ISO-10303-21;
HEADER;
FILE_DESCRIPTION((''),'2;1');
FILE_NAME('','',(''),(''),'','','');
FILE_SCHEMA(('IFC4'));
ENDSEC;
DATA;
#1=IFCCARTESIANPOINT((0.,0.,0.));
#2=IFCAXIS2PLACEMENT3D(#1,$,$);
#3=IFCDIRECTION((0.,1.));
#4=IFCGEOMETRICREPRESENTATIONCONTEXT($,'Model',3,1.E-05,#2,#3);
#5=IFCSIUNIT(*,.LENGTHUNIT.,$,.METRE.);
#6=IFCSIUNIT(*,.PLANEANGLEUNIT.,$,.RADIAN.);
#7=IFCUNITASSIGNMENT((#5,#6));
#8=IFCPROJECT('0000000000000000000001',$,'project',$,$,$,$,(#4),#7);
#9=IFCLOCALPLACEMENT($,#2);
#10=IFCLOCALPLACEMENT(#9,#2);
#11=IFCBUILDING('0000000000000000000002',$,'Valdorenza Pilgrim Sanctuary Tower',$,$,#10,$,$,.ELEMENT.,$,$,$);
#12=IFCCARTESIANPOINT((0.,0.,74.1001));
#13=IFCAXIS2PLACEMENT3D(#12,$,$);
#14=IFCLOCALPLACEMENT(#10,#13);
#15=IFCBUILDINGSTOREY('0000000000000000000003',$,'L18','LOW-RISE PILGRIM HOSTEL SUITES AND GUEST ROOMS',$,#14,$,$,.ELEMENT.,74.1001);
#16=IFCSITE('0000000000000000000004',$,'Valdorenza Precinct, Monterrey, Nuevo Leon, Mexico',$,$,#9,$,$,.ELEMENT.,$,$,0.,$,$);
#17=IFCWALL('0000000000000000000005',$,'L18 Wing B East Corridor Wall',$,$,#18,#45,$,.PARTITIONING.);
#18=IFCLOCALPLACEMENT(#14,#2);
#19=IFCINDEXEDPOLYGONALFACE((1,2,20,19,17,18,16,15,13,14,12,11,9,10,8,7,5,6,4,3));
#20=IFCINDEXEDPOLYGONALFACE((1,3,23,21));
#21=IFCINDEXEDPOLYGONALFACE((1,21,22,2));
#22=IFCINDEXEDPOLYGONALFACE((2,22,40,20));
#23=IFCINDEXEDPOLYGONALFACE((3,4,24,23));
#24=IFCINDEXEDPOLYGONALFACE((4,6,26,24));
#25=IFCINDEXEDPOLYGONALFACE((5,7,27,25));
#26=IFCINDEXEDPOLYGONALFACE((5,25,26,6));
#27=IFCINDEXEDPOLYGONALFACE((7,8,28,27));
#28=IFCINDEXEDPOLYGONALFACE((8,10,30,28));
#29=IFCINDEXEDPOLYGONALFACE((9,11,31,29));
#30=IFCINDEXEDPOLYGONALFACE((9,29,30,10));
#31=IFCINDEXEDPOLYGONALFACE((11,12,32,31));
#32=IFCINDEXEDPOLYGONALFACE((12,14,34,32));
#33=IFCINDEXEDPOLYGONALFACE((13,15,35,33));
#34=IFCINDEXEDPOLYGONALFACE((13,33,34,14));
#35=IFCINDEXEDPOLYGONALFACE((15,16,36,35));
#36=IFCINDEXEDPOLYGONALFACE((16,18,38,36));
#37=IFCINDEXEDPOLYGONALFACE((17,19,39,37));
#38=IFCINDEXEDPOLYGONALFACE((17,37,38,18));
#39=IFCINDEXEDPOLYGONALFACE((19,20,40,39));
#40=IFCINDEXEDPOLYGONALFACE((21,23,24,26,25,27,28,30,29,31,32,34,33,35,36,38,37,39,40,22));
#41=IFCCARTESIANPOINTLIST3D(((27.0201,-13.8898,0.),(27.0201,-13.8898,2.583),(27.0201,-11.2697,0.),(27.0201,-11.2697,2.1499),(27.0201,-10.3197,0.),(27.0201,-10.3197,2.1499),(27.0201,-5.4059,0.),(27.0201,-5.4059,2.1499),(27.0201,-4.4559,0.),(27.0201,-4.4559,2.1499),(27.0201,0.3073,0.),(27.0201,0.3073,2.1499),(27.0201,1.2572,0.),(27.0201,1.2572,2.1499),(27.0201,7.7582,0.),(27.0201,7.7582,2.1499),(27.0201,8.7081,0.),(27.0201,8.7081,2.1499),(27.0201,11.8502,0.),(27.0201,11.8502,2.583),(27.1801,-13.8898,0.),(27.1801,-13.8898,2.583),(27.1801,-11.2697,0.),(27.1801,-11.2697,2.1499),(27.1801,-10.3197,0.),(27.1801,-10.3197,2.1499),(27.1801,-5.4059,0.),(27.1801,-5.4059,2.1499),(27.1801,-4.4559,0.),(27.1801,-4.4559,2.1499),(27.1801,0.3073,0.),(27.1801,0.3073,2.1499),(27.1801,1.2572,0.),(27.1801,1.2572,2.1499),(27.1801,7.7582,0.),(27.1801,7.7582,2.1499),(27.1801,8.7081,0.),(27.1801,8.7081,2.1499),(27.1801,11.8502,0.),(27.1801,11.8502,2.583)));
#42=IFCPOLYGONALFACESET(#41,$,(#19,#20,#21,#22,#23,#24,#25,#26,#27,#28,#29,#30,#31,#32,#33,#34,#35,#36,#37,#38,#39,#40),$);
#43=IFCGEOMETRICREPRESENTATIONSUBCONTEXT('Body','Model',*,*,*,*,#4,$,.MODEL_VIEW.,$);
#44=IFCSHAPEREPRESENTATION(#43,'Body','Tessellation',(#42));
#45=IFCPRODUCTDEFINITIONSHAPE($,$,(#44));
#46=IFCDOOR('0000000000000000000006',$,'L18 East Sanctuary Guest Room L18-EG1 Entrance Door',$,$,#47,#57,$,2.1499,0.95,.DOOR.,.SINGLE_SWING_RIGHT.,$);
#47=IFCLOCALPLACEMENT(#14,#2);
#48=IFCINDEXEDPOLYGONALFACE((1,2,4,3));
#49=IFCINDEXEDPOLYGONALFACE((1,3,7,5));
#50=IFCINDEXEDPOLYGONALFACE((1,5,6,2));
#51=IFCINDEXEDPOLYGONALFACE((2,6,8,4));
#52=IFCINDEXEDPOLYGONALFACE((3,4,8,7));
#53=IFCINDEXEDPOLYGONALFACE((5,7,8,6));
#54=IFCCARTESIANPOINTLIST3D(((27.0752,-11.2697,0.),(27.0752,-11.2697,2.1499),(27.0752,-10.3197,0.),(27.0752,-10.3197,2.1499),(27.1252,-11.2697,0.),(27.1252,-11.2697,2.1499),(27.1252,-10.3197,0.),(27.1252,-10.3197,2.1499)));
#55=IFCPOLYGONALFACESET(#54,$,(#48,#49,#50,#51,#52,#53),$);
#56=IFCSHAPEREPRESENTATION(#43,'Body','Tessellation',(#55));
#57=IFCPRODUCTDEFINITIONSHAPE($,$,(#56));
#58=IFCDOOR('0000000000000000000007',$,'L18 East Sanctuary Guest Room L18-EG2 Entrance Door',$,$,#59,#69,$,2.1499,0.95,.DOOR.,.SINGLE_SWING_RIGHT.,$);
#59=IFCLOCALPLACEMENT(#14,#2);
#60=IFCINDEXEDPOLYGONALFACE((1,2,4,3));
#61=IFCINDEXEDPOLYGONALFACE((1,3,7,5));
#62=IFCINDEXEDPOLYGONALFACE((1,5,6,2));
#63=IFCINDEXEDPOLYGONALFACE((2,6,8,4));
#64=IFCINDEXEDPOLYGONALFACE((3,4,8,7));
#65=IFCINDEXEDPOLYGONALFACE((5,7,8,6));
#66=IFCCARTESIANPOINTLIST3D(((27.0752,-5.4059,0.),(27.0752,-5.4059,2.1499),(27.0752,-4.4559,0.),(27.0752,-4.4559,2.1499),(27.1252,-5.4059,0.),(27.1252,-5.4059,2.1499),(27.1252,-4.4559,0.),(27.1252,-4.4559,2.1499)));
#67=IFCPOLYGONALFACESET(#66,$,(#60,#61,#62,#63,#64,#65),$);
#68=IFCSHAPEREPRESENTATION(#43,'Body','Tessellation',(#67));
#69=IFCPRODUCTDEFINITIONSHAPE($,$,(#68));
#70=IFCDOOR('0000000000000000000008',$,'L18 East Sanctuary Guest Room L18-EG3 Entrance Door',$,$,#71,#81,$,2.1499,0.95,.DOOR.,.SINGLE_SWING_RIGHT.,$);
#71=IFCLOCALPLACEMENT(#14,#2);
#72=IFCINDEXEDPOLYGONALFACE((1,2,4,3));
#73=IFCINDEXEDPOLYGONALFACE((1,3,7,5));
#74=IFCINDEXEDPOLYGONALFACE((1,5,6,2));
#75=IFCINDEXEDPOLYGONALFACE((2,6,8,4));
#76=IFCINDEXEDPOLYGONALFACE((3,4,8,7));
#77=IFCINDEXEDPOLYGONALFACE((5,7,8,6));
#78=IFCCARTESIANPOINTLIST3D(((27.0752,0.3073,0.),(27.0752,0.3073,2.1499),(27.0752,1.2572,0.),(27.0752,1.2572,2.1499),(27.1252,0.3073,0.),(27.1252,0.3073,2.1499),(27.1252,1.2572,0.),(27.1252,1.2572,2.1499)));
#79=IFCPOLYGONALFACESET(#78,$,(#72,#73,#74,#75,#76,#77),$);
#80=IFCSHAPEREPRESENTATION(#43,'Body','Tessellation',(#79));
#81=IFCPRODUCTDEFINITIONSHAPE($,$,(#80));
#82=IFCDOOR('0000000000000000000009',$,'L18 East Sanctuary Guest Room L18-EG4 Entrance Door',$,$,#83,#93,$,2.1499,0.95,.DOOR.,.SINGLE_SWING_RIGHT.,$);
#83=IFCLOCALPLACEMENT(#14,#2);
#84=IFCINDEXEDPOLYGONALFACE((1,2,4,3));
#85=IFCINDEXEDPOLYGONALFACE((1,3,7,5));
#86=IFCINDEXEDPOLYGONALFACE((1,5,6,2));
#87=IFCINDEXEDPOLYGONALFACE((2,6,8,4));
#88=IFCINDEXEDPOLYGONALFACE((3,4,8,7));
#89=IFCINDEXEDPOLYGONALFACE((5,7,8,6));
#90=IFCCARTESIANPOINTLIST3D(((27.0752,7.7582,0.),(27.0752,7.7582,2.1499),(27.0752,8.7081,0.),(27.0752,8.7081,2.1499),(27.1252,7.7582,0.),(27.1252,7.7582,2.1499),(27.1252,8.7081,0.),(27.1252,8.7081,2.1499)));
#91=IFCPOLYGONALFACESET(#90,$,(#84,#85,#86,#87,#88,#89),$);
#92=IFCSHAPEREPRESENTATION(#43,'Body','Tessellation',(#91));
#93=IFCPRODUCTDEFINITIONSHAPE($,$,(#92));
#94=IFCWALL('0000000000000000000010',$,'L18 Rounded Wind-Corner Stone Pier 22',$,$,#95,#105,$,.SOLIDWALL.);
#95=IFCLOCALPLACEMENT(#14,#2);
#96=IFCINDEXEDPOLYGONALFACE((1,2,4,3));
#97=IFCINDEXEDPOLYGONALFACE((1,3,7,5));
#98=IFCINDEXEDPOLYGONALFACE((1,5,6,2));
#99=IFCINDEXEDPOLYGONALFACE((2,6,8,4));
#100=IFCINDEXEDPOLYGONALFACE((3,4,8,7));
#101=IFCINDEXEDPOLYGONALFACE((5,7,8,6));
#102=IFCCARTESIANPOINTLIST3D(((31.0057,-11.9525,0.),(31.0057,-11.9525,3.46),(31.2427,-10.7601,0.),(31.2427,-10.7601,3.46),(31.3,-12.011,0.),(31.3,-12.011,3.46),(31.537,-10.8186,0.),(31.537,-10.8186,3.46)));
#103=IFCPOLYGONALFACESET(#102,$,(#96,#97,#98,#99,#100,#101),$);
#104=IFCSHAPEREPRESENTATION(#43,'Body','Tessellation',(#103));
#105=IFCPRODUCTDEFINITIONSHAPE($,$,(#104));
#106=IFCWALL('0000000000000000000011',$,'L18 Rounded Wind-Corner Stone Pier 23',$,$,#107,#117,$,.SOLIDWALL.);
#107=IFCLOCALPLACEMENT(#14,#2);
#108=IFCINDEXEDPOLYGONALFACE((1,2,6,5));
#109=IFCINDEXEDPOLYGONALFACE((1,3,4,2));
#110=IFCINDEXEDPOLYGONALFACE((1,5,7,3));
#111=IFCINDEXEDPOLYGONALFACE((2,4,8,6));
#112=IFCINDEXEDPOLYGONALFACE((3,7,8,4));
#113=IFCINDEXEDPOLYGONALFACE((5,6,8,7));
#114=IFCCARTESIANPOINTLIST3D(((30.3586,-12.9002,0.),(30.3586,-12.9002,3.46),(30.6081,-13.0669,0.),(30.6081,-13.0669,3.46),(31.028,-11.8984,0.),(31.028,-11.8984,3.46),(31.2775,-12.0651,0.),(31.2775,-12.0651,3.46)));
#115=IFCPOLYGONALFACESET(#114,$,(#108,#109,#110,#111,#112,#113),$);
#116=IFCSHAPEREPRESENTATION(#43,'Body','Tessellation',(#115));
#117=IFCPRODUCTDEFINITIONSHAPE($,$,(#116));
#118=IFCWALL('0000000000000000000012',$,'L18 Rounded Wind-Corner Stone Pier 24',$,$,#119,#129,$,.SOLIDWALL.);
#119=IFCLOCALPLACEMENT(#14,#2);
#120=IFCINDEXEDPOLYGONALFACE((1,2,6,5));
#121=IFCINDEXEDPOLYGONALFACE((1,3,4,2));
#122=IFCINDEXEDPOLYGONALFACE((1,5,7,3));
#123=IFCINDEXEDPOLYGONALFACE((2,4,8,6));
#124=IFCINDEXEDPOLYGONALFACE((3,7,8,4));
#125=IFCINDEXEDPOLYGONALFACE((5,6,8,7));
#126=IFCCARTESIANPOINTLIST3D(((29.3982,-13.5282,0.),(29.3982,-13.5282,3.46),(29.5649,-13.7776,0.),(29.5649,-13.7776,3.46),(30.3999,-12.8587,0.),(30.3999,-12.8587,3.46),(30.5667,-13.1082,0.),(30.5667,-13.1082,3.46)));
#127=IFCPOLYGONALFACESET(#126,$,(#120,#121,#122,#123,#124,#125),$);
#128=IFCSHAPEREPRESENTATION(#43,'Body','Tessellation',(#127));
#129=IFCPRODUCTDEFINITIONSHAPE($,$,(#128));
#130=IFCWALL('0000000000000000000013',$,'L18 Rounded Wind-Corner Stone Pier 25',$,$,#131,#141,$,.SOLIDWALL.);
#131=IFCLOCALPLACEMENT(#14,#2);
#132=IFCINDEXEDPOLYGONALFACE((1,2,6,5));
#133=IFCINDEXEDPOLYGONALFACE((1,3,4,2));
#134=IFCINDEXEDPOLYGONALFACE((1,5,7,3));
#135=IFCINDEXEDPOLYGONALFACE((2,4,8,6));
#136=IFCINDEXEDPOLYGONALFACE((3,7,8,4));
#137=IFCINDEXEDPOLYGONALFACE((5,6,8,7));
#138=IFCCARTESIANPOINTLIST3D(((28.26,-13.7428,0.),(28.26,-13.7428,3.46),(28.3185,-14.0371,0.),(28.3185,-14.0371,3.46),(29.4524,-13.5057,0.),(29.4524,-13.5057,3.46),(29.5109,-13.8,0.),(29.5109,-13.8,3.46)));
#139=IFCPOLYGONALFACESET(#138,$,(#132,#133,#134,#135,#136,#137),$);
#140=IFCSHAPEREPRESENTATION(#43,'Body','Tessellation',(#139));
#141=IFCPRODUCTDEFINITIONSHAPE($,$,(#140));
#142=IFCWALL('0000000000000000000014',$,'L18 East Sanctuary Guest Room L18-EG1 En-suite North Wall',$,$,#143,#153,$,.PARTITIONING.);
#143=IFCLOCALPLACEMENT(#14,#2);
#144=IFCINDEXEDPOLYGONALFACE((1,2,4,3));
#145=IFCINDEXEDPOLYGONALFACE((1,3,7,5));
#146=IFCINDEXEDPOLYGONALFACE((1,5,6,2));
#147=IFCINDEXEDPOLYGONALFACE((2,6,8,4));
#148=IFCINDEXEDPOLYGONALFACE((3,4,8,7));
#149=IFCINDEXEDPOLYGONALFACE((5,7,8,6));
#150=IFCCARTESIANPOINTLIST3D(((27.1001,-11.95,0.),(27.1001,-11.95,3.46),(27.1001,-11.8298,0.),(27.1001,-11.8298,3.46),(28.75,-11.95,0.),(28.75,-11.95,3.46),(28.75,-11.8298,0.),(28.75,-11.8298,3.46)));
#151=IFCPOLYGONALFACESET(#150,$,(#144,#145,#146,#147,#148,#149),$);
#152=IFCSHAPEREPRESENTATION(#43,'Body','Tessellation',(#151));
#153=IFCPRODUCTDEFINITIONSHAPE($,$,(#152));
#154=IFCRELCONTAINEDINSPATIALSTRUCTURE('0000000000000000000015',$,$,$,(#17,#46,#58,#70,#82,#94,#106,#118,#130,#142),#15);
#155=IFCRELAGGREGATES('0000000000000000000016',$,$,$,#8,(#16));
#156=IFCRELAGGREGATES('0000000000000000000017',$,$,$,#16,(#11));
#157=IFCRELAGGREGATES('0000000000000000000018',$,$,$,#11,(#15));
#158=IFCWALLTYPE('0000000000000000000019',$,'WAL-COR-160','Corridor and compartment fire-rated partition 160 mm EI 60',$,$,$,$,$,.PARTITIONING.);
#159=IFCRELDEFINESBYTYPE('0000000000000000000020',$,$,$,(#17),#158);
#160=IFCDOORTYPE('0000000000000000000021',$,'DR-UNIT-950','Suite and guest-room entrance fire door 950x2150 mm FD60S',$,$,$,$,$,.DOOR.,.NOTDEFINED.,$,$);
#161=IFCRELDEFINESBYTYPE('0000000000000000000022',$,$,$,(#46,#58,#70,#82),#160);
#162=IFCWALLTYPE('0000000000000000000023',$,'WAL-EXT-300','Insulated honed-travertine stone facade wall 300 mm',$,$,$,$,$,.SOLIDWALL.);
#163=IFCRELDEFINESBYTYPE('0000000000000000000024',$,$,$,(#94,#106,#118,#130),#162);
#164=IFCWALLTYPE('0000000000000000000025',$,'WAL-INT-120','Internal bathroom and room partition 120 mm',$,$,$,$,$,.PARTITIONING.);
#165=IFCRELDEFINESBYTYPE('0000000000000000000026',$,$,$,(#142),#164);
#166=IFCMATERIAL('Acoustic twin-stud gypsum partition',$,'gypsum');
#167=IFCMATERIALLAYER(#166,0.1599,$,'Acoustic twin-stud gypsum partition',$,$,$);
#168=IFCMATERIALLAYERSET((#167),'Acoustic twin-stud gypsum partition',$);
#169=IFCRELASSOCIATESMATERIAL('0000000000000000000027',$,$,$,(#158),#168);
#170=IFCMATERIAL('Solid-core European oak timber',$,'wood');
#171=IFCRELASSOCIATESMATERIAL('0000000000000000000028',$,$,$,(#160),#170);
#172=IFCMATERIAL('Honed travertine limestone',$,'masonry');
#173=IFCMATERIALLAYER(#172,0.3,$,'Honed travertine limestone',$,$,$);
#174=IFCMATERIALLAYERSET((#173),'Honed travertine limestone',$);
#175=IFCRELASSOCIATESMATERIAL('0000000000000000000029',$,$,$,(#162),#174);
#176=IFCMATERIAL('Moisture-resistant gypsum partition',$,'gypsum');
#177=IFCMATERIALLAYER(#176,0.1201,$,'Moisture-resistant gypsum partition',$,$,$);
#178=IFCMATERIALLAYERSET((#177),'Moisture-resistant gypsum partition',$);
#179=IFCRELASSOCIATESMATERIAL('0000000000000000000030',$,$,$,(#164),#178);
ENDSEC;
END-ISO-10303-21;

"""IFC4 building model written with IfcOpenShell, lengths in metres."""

from ifc_helpers import new_model, si_unit, direction, frame, frame_2d, origin, place, context, subcontext, project, spatial, rectangle, extrude, material, layer, layer_set, type_object, element, fill, save


model = new_model("IFC4")

# Units and contexts
model_context = context("Model", 3, precision=1e-05, world=origin(), true_north=direction((0.0, 1.0)))
body_context = subcontext(model_context, "Body", "Model", "MODEL_VIEW")
ifc_project = project(units=[si_unit("LENGTHUNIT", "METRE"), si_unit("PLANEANGLEUNIT", "RADIAN")], contexts=[model_context])

# Site, building, storey
site_placement = place(None, origin())
site = spatial("IfcSite", under=ifc_project, at=site_placement, Name="Valdorenza Precinct, Monterrey, Nuevo Leon, Mexico", CompositionType="ELEMENT", RefElevation=0.0)
building_placement = place(site_placement, origin())
building = spatial("IfcBuilding", under=site, at=building_placement, Name="Valdorenza Pilgrim Sanctuary Tower", CompositionType="ELEMENT")
storey_placement = place(building_placement, frame((0.0, 0.0, 74.1001)))
storey = spatial("IfcBuildingStorey", under=building, at=storey_placement, Name="L18", Description="LOW-RISE PILGRIM HOSTEL SUITES AND GUEST ROOMS", CompositionType="ELEMENT", Elevation=74.1001)

# Shared definitions
ifc_material_1 = material(Name="Acoustic twin-stud gypsum partition", Category="gypsum")
ifc_layer_1 = layer(ifc_material_1, 0.1599, Name="Acoustic twin-stud gypsum partition")
ifc_layer_set_1 = layer_set([ifc_layer_1], Name="Acoustic twin-stud gypsum partition")
wall_type_1 = type_object("IfcWallType", Name="WAL-COR-160", Description="Corridor and compartment fire-rated partition 160 mm EI 60", PredefinedType="PARTITIONING", material=ifc_layer_set_1)
ifc_material_2 = material(Name="Solid-core European oak timber", Category="wood")

# Wall, openings, doors
wall_1_placement = place(storey_placement, frame((27.1001, -13.8899, 0.0), z_axis=(0.0, 0.0, 1.0), x_axis=(0.0, 1.0, 0.0)))
wall_1 = element("IfcWall", 1, at=wall_1_placement, inside=storey, type_object=wall_type_1, Name="L18 Wing B East Corridor Wall", PredefinedType="PARTITIONING", context=body_context, shape_type="SweptSolid", body=[
    extrude(rectangle(XDim=25.74, YDim=0.1599, at=frame_2d((12.8701, 0.0))), origin(), (0.0, 0.0, 1.0), 2.583),
])
opening_1_placement = place(wall_1_placement, frame((2.6201, 0.0, 0.0)))
opening_1 = element("IfcOpeningElement", 2, at=opening_1_placement, cuts=wall_1, PredefinedType="OPENING", context=body_context, shape_type="SweptSolid", body=[
    extrude(rectangle(XDim=0.95, YDim=2.1499, at=frame_2d((0.4751, 1.075))), frame((0.0, 0.0947, 0.0), z_axis=(0.0, -1.0, 0.0), x_axis=(1.0, 0.0, 0.0)), (0.0, 0.0, 1.0), 0.1897),
])
opening_2_placement = place(wall_1_placement, frame((8.4839, 0.0, 0.0)))
opening_2 = element("IfcOpeningElement", 3, at=opening_2_placement, cuts=wall_1, PredefinedType="OPENING", context=body_context, shape_type="SweptSolid", body=[
    extrude(rectangle(XDim=0.95, YDim=2.1499, at=frame_2d((0.4751, 1.075))), frame((0.0, 0.0947, 0.0), z_axis=(0.0, -1.0, 0.0), x_axis=(1.0, 0.0, 0.0)), (0.0, 0.0, 1.0), 0.1897),
])
opening_3_placement = place(wall_1_placement, frame((14.197, 0.0, 0.0)))
opening_3 = element("IfcOpeningElement", 4, at=opening_3_placement, cuts=wall_1, PredefinedType="OPENING", context=body_context, shape_type="SweptSolid", body=[
    extrude(rectangle(XDim=0.95, YDim=2.1499, at=frame_2d((0.4751, 1.075))), frame((0.0, 0.0947, 0.0), z_axis=(0.0, -1.0, 0.0), x_axis=(1.0, 0.0, 0.0)), (0.0, 0.0, 1.0), 0.1897),
])
opening_4_placement = place(wall_1_placement, frame((21.6479, 0.0, 0.0)))
opening_4 = element("IfcOpeningElement", 5, at=opening_4_placement, cuts=wall_1, PredefinedType="OPENING", context=body_context, shape_type="SweptSolid", body=[
    extrude(rectangle(XDim=0.95, YDim=2.1499, at=frame_2d((0.4751, 1.075))), frame((0.0, 0.0947, 0.0), z_axis=(0.0, -1.0, 0.0), x_axis=(1.0, 0.0, 0.0)), (0.0, 0.0, 1.0), 0.1897),
])
door_type_1 = type_object("IfcDoorType", Name="DR-UNIT-950", Description="Suite and guest-room entrance fire door 950x2150 mm FD60S", OperationType="NOTDEFINED", PredefinedType="DOOR", material=ifc_material_2)
door_1_placement = place(opening_1_placement, origin())
door_1 = element("IfcDoor", 6, at=door_1_placement, inside=storey, type_object=door_type_1, Name="L18 East Sanctuary Guest Room L18-EG1 Entrance Door", OperationType="SINGLE_SWING_RIGHT", OverallHeight=2.1499, OverallWidth=0.95, PredefinedType="DOOR", context=body_context, shape_type="SweptSolid", body=[
    extrude(rectangle(XDim=0.95, YDim=2.1499, at=frame_2d((0.4751, 1.075))), frame((0.0, 0.0249, 0.0), z_axis=(0.0, -1.0, 0.0), x_axis=(1.0, 0.0, 0.0)), (0.0, 0.0, 1.0), 0.05),
])
fill(opening_1, door_1)
door_2_placement = place(opening_2_placement, origin())
door_2 = element("IfcDoor", 7, at=door_2_placement, inside=storey, type_object=door_type_1, Name="L18 East Sanctuary Guest Room L18-EG2 Entrance Door", OperationType="SINGLE_SWING_RIGHT", OverallHeight=2.1499, OverallWidth=0.95, PredefinedType="DOOR", context=body_context, shape_type="SweptSolid", body=[
    extrude(rectangle(XDim=0.95, YDim=2.1499, at=frame_2d((0.4751, 1.075))), frame((0.0, 0.0249, 0.0), z_axis=(0.0, -1.0, 0.0), x_axis=(1.0, 0.0, 0.0)), (0.0, 0.0, 1.0), 0.05),
])
fill(opening_2, door_2)
door_3_placement = place(opening_3_placement, origin())
door_3 = element("IfcDoor", 8, at=door_3_placement, inside=storey, type_object=door_type_1, Name="L18 East Sanctuary Guest Room L18-EG3 Entrance Door", OperationType="SINGLE_SWING_RIGHT", OverallHeight=2.1499, OverallWidth=0.95, PredefinedType="DOOR", context=body_context, shape_type="SweptSolid", body=[
    extrude(rectangle(XDim=0.95, YDim=2.1499, at=frame_2d((0.4751, 1.075))), frame((0.0, 0.0249, 0.0), z_axis=(0.0, -1.0, 0.0), x_axis=(1.0, 0.0, 0.0)), (0.0, 0.0, 1.0), 0.05),
])
fill(opening_3, door_3)
door_4_placement = place(opening_4_placement, origin())
door_4 = element("IfcDoor", 9, at=door_4_placement, inside=storey, type_object=door_type_1, Name="L18 East Sanctuary Guest Room L18-EG4 Entrance Door", OperationType="SINGLE_SWING_RIGHT", OverallHeight=2.1499, OverallWidth=0.95, PredefinedType="DOOR", context=body_context, shape_type="SweptSolid", body=[
    extrude(rectangle(XDim=0.95, YDim=2.1499, at=frame_2d((0.4751, 1.075))), frame((0.0, 0.0249, 0.0), z_axis=(0.0, -1.0, 0.0), x_axis=(1.0, 0.0, 0.0)), (0.0, 0.0, 1.0), 0.05),
])
fill(opening_4, door_4)

# Walls
ifc_material_3 = material(Name="Honed travertine limestone", Category="masonry")
ifc_layer_2 = layer(ifc_material_3, 0.3, Name="Honed travertine limestone")
ifc_layer_set_2 = layer_set([ifc_layer_2], Name="Honed travertine limestone")
wall_type_2 = type_object("IfcWallType", Name="WAL-EXT-300", Description="Insulated honed-travertine stone facade wall 300 mm", PredefinedType="SOLIDWALL", material=ifc_layer_set_2)
wall_2_placement = place(storey_placement, frame((31.3899, -10.7893, 0.0), z_axis=(0.0, 0.0, 1.0), x_axis=(-0.194996, -0.980804, 0.0)))
element("IfcWall", 10, at=wall_2_placement, inside=storey, type_object=wall_type_2, Name="L18 Rounded Wind-Corner Stone Pier 22", PredefinedType="SOLIDWALL", context=body_context, shape_type="SweptSolid", body=[
    extrude(rectangle(XDim=1.2158, YDim=0.3, at=frame_2d((0.6079, 0.0))), origin(), (0.0, 0.0, 1.0), 3.46),
])
for number, where, z_axis, x_axis, name in (
    (11, (31.1528, -11.9817, 0.0), (0.0, 0.0, 1.0), (-0.555635, -0.831426, 0.0), "L18 Rounded Wind-Corner Stone Pier 23"),
    (12, (30.4834, -12.9834, 0.0), (0.0, 0.0, 1.0), (-0.831426, -0.555635, 0.0), "L18 Rounded Wind-Corner Stone Pier 24"),
):
    element("IfcWall", number, at=place(storey_placement, frame(where, z_axis=z_axis, x_axis=x_axis)), inside=storey, type_object=wall_type_2, Name=name, PredefinedType="SOLIDWALL", context=body_context, shape_type="SweptSolid", body=[
        extrude(rectangle(XDim=1.2048, YDim=0.3, at=frame_2d((0.6025, 0.0))), origin(), (0.0, 0.0, 1.0), 3.46),
    ])
wall_3_placement = place(storey_placement, frame((29.4817, -13.6528, 0.0), z_axis=(0.0, 0.0, 1.0), x_axis=(-0.980804, -0.194996, 0.0)))
element("IfcWall", 13, at=wall_3_placement, inside=storey, type_object=wall_type_2, Name="L18 Rounded Wind-Corner Stone Pier 25", PredefinedType="SOLIDWALL", context=body_context, shape_type="SweptSolid", body=[
    extrude(rectangle(XDim=1.2158, YDim=0.3, at=frame_2d((0.6079, 0.0))), origin(), (0.0, 0.0, 1.0), 3.46),
])
ifc_material_4 = material(Name="Moisture-resistant gypsum partition", Category="gypsum")
ifc_layer_3 = layer(ifc_material_4, 0.1201, Name="Moisture-resistant gypsum partition")
ifc_layer_set_3 = layer_set([ifc_layer_3], Name="Moisture-resistant gypsum partition")
wall_type_3 = type_object("IfcWallType", Name="WAL-INT-120", Description="Internal bathroom and room partition 120 mm", PredefinedType="PARTITIONING", material=ifc_layer_set_3)
wall_4_placement = place(storey_placement, frame((27.1001, -11.8899, 0.0), z_axis=(0.0, 0.0, 1.0), x_axis=(1.0, 0.0, 0.0)))
element("IfcWall", 14, at=wall_4_placement, inside=storey, type_object=wall_type_3, Name="L18 East Sanctuary Guest Room L18-EG1 En-suite North Wall", PredefinedType="PARTITIONING", context=body_context, shape_type="SweptSolid", body=[
    extrude(rectangle(XDim=1.6499, YDim=0.1201, at=frame_2d((0.825, 0.0))), origin(), (0.0, 0.0, 1.0), 3.46),
])

save(model, "model.ifc")
